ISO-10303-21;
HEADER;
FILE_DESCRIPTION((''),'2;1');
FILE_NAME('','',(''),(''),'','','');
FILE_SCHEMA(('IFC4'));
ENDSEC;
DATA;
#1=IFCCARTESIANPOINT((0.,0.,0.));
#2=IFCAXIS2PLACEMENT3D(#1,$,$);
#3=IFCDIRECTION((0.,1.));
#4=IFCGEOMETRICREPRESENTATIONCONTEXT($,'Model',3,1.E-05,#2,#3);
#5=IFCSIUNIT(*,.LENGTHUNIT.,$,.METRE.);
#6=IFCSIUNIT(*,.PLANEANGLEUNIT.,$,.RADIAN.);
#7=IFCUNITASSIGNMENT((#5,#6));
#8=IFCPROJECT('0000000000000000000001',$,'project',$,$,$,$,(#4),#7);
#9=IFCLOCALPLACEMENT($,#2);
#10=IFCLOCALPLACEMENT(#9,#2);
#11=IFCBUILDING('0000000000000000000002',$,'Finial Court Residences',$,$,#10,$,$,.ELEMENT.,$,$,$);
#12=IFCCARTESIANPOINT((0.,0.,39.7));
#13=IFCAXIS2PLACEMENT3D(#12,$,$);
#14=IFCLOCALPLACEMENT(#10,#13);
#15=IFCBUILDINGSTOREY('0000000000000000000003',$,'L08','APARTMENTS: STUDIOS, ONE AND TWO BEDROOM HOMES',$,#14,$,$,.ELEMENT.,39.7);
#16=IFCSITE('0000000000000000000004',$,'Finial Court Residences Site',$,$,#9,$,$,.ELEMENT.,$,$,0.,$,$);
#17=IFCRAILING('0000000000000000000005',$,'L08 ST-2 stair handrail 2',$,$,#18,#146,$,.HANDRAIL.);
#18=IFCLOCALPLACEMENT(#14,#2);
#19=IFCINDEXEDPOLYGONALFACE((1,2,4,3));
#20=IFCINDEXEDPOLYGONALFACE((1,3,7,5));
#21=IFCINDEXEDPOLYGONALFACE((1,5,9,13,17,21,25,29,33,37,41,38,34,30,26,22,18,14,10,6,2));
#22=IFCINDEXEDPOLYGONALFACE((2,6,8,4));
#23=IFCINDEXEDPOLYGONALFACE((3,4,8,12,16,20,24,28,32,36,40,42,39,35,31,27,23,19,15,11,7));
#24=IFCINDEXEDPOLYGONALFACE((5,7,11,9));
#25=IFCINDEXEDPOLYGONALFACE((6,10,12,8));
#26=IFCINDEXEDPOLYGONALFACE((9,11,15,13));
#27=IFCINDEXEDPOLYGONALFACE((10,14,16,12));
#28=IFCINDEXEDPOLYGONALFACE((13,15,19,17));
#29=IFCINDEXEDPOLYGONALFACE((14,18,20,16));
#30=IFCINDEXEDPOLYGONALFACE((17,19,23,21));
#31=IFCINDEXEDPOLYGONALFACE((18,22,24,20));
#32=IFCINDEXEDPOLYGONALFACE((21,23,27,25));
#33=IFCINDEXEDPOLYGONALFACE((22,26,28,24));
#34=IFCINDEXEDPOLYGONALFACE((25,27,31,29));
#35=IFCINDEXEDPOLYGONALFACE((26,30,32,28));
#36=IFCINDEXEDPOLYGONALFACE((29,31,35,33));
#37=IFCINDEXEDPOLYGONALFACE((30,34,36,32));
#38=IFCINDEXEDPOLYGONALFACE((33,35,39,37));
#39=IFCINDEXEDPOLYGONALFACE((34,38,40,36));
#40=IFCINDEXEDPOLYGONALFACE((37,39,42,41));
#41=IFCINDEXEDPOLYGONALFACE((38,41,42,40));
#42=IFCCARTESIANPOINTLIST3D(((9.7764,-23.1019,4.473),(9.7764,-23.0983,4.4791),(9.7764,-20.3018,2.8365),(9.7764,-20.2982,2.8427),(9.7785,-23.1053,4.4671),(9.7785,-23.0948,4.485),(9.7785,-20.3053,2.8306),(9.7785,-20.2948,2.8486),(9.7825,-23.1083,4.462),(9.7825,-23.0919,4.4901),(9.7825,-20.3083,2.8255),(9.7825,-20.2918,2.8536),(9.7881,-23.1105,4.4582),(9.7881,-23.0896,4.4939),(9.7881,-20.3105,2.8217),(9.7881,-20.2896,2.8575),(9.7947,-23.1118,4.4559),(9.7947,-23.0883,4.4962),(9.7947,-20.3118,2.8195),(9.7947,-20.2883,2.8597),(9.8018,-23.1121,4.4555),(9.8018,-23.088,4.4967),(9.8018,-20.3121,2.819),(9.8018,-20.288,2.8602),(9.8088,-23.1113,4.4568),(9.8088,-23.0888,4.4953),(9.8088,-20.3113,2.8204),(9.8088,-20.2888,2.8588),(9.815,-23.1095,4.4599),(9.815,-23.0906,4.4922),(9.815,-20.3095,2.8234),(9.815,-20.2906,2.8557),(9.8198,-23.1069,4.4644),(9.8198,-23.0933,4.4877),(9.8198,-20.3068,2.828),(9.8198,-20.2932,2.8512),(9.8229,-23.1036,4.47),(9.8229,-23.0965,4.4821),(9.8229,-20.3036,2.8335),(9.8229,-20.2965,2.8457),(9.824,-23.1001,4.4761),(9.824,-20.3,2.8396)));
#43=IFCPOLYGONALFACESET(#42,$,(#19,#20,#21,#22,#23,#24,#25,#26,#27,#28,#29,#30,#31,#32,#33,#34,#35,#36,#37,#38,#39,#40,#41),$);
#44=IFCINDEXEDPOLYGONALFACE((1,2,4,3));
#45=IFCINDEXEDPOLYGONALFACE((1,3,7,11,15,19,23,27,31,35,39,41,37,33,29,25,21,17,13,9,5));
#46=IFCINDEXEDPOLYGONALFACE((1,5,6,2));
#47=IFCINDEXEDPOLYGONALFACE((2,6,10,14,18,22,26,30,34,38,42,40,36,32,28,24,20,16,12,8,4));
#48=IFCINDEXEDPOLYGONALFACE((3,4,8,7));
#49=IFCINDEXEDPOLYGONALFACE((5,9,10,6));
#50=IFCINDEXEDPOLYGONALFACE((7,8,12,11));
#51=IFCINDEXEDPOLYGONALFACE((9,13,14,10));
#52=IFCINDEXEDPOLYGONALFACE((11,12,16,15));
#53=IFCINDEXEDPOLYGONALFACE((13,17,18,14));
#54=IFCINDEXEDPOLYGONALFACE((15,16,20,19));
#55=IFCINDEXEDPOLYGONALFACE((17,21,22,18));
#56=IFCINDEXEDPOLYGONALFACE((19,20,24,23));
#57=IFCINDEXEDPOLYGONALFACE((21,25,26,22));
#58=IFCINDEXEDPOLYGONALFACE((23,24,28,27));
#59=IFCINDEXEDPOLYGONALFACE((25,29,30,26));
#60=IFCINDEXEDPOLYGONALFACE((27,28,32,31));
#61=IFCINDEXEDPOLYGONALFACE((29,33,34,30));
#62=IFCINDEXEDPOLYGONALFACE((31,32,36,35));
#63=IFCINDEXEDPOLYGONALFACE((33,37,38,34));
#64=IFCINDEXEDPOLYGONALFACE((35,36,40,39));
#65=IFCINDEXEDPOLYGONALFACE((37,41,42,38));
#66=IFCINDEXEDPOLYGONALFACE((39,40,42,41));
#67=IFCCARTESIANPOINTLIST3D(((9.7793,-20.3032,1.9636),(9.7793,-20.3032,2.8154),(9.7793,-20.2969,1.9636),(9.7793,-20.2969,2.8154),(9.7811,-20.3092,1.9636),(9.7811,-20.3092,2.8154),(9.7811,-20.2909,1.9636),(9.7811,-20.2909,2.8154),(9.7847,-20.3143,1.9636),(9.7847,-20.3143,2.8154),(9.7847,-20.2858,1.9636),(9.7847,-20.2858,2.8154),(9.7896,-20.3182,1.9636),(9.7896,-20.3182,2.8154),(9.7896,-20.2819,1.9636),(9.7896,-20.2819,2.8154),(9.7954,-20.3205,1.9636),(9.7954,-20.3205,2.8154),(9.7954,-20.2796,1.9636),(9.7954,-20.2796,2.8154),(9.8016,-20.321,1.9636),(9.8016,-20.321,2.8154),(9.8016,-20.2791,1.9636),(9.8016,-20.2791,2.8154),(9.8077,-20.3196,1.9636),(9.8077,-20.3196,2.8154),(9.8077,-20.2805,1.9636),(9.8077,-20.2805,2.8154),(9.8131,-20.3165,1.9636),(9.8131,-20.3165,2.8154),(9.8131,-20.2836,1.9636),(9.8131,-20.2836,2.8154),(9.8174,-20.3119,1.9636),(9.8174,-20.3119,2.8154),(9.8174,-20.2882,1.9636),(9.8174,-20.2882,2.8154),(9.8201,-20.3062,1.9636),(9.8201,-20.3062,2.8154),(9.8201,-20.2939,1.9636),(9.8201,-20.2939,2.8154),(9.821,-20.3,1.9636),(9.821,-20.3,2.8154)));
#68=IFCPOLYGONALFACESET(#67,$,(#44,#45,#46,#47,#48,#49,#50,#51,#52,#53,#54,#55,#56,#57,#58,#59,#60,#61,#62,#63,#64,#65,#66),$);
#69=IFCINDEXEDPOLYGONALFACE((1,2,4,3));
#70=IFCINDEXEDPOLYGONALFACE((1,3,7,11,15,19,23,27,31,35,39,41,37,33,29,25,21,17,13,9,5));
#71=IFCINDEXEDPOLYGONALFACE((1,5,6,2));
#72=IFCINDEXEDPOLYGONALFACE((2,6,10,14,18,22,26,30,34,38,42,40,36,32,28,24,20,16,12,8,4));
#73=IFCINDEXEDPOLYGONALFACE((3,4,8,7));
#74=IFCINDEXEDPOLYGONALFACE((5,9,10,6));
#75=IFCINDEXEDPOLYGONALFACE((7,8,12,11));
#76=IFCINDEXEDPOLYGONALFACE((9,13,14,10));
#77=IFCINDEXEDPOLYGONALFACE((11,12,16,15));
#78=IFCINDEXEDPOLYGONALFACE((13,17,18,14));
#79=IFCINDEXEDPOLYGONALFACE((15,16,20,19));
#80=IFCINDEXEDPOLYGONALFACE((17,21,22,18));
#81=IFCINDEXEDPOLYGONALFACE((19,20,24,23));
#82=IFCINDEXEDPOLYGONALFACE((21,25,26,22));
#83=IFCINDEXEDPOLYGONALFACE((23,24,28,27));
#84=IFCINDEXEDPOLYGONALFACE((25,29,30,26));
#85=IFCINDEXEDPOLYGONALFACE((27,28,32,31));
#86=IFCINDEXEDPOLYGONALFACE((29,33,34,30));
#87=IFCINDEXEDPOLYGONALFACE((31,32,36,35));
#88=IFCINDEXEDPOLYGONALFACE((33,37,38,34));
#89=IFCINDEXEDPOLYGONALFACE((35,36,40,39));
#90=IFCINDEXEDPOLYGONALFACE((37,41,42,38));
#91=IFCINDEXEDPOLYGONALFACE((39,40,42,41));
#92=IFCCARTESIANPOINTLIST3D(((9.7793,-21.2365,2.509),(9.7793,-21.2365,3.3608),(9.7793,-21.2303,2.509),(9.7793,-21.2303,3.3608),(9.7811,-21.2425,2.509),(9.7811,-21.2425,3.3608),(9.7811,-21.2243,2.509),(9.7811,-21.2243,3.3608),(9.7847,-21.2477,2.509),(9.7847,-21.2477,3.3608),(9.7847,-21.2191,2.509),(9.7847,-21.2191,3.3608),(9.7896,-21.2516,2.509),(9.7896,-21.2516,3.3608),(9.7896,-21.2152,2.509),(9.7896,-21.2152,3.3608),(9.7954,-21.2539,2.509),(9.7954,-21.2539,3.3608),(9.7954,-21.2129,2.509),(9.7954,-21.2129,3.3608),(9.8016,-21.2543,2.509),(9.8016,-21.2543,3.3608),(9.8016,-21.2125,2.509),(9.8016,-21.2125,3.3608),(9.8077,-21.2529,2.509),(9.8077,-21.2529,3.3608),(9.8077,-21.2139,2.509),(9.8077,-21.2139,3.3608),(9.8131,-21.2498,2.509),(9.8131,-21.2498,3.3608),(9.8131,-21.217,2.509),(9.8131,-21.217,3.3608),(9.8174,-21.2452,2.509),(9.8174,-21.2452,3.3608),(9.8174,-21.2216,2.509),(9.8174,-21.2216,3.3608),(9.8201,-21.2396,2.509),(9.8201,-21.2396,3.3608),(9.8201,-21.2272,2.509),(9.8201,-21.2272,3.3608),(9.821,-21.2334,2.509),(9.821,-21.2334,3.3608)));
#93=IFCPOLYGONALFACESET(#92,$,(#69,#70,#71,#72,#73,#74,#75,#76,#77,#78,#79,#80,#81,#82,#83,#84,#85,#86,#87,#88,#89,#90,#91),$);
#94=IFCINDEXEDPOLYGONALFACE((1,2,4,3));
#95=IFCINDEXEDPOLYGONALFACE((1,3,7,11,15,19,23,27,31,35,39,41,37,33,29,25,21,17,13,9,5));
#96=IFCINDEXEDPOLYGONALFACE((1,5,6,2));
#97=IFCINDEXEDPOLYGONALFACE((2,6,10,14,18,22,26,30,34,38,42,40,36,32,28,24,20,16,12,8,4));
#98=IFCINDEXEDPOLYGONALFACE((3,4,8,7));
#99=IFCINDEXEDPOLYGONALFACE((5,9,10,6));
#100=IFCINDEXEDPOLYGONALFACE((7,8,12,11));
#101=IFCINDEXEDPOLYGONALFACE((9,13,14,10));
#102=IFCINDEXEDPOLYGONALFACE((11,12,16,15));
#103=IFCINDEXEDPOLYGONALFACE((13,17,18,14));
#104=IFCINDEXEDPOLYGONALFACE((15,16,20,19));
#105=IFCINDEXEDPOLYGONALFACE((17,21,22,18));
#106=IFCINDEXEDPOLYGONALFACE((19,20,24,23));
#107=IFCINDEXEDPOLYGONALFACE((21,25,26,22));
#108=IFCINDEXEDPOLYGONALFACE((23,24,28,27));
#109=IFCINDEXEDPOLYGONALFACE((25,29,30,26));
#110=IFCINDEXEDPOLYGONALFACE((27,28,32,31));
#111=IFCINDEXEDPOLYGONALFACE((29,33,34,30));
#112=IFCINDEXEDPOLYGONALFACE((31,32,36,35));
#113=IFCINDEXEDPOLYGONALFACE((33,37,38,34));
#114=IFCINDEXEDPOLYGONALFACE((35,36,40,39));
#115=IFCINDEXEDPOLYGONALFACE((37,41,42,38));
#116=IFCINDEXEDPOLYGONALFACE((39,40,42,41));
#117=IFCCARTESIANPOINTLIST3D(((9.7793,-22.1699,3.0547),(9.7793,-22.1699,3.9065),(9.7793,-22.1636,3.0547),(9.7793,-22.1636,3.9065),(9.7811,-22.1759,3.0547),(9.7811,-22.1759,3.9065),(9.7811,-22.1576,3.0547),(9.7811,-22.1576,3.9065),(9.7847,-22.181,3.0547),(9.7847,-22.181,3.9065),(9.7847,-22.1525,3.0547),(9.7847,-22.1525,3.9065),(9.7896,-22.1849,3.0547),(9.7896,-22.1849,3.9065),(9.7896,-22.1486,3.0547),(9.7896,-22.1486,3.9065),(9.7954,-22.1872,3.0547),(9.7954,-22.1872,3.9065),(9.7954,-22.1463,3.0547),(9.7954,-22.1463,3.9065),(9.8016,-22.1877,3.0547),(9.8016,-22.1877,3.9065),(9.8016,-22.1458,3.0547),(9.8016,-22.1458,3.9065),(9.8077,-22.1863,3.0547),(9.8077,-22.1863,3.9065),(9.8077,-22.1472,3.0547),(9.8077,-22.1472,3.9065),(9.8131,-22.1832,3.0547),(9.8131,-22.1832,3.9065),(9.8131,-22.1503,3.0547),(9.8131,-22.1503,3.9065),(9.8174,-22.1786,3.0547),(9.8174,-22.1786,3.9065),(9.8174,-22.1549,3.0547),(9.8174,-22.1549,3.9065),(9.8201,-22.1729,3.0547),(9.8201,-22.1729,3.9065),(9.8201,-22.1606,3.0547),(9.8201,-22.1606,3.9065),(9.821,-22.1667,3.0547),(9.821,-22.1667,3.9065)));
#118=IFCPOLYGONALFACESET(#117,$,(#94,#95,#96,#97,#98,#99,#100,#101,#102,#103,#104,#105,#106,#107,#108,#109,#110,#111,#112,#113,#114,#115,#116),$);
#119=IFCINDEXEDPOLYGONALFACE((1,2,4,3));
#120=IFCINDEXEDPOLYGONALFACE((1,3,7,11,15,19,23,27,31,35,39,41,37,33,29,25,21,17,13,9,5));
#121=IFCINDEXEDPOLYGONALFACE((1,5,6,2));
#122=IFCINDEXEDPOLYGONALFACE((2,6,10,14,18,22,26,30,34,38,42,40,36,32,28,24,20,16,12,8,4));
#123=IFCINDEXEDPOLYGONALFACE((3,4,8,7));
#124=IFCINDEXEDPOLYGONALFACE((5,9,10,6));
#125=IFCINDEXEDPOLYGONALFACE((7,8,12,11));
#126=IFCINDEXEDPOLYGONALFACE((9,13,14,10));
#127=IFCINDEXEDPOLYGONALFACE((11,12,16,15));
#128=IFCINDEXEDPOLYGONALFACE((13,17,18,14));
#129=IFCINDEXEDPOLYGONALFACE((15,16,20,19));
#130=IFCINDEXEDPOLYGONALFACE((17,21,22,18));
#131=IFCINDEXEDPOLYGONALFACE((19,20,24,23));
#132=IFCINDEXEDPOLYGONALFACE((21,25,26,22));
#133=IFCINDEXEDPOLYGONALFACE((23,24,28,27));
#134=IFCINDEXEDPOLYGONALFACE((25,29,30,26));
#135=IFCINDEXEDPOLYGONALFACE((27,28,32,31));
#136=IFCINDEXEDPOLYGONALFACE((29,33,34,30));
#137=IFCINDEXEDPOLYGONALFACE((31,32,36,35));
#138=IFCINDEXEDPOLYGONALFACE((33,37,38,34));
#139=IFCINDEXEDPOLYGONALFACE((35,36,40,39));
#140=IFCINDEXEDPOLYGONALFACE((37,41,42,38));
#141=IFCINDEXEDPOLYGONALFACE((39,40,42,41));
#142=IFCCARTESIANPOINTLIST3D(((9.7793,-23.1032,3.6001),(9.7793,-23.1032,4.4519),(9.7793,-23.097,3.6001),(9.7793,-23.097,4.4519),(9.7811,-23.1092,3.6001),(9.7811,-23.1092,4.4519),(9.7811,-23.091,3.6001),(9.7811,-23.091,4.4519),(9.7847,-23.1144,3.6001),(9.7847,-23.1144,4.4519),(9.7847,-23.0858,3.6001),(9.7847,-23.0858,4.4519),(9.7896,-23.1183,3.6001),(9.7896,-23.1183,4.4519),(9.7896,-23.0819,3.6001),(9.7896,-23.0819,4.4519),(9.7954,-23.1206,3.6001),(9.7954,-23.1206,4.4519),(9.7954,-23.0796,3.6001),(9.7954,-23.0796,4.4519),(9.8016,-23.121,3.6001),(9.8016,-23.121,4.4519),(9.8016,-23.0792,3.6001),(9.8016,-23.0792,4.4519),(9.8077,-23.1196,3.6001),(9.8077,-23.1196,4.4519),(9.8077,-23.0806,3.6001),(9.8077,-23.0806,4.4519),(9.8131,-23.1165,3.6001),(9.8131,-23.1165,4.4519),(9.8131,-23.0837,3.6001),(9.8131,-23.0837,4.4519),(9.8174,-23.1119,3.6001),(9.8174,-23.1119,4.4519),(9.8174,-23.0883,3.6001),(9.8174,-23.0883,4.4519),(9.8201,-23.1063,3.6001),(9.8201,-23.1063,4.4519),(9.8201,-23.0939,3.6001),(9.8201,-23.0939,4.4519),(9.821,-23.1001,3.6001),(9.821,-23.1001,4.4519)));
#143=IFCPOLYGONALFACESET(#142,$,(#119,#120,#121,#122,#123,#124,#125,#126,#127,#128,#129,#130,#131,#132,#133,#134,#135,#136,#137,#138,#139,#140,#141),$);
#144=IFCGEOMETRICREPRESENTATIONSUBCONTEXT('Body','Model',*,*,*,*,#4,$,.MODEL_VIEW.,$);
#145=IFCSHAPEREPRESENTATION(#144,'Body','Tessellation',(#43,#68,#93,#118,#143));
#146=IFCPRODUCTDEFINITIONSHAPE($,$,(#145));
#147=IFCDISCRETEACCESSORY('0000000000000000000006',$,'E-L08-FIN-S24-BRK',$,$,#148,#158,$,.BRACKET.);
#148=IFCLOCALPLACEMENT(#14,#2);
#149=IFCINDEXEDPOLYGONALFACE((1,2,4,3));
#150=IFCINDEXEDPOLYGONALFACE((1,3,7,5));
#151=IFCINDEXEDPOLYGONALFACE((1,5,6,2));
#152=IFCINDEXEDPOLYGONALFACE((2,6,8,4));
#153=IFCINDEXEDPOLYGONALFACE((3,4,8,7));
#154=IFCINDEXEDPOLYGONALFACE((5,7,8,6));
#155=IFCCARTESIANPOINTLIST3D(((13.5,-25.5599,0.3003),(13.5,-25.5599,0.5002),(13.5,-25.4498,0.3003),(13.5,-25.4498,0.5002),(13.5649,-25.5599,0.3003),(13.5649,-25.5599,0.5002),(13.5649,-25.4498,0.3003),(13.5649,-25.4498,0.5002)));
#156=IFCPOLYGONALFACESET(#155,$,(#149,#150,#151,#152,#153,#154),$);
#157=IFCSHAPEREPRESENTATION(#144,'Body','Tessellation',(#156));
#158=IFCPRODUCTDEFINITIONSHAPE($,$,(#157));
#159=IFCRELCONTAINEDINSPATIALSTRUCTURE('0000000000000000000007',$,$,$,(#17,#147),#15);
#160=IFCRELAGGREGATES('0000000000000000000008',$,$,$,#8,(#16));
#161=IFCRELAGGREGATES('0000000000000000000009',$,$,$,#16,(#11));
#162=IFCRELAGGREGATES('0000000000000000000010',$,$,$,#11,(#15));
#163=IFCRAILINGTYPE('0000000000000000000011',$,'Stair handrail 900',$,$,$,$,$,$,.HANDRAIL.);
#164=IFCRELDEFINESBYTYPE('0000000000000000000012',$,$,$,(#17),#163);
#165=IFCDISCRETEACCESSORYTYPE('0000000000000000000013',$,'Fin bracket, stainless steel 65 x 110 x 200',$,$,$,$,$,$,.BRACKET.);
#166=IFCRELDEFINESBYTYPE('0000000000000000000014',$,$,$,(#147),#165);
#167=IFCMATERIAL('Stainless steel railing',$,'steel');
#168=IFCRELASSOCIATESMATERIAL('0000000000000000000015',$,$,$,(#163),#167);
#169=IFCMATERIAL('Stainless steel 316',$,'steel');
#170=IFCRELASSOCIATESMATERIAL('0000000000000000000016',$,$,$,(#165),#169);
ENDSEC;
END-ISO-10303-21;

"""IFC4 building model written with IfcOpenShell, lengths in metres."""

from ifc_helpers import new_model, si_unit, direction, frame, origin, origin_2d, place, context, subcontext, project, spatial, rectangle, circle, extrude, material, type_object, element, save


model = new_model("IFC4")

# Units and contexts
model_context = context("Model", 3, precision=1e-05, world=origin(), true_north=direction((0.0, 1.0)))
body_context = subcontext(model_context, "Body", "Model", "MODEL_VIEW")
ifc_project = project(units=[si_unit("LENGTHUNIT", "METRE"), si_unit("PLANEANGLEUNIT", "RADIAN")], contexts=[model_context])

# Site, building, storey
site_placement = place(None, origin())
site = spatial("IfcSite", under=ifc_project, at=site_placement, Name="Finial Court Residences Site", CompositionType="ELEMENT", RefElevation=0.0)
building_placement = place(site_placement, origin())
building = spatial("IfcBuilding", under=site, at=building_placement, Name="Finial Court Residences", CompositionType="ELEMENT")
storey_placement = place(building_placement, frame((0.0, 0.0, 39.7)))
storey = spatial("IfcBuildingStorey", under=building, at=storey_placement, Name="L08", Description="APARTMENTS: STUDIOS, ONE AND TWO BEDROOM HOMES", CompositionType="ELEMENT", Elevation=39.7)

# Railing
ifc_material_1 = material(Name="Stainless steel railing", Category="steel")
railing_type_1 = type_object("IfcRailingType", Name="Stair handrail 900", PredefinedType="HANDRAIL", material=ifc_material_1)
railing_1_placement = place(storey_placement, frame((9.8, -20.3, 1.9636)))
element("IfcRailing", 1, at=railing_1_placement, inside=storey, type_object=railing_type_1, Name="L08 ST-2 stair handrail 2", PredefinedType="HANDRAIL", context=body_context, shape_type="SweptSolid", body=[
    extrude(circle(Radius=0.0239, at=origin_2d()), frame((0.0, 0.0, 0.876), z_axis=(0.0, -0.863361, 0.504587), x_axis=(1.0, 0.0, 0.0)), (0.0, 0.0, 1.0), 3.2432),
    extrude(circle(Radius=0.021, at=origin_2d()), origin(), (0.0, 0.0, 1.0), 0.8518),
    extrude(circle(Radius=0.021, at=origin_2d()), frame((0.0, -0.9333, 0.5454)), (0.0, 0.0, 1.0), 0.8518),
    extrude(circle(Radius=0.021, at=origin_2d()), frame((0.0, -1.8667, 1.0911)), (0.0, 0.0, 1.0), 0.8518),
    extrude(circle(Radius=0.021, at=origin_2d()), frame((0.0, -2.8, 1.6365)), (0.0, 0.0, 1.0), 0.8518),
])

# Discrete accessory
ifc_material_2 = material(Name="Stainless steel 316", Category="steel")
discrete_accessory_type = type_object("IfcDiscreteAccessoryType", Name="Fin bracket, stainless steel 65 x 110 x 200", PredefinedType="BRACKET", material=ifc_material_2)
discrete_accessory_placement = place(storey_placement, frame((13.5325, -25.5049, 0.3003), z_axis=(0.0, 0.0, 1.0), x_axis=(1.0, 0.0, 0.0)))
element("IfcDiscreteAccessory", 2, at=discrete_accessory_placement, inside=storey, type_object=discrete_accessory_type, Name="E-L08-FIN-S24-BRK", PredefinedType="BRACKET", context=body_context, shape_type="SweptSolid", body=[
    extrude(rectangle(XDim=0.0649, YDim=0.1101, at=origin_2d()), origin(), (0.0, 0.0, 1.0), 0.2),
])

save(model, "model.ifc")
